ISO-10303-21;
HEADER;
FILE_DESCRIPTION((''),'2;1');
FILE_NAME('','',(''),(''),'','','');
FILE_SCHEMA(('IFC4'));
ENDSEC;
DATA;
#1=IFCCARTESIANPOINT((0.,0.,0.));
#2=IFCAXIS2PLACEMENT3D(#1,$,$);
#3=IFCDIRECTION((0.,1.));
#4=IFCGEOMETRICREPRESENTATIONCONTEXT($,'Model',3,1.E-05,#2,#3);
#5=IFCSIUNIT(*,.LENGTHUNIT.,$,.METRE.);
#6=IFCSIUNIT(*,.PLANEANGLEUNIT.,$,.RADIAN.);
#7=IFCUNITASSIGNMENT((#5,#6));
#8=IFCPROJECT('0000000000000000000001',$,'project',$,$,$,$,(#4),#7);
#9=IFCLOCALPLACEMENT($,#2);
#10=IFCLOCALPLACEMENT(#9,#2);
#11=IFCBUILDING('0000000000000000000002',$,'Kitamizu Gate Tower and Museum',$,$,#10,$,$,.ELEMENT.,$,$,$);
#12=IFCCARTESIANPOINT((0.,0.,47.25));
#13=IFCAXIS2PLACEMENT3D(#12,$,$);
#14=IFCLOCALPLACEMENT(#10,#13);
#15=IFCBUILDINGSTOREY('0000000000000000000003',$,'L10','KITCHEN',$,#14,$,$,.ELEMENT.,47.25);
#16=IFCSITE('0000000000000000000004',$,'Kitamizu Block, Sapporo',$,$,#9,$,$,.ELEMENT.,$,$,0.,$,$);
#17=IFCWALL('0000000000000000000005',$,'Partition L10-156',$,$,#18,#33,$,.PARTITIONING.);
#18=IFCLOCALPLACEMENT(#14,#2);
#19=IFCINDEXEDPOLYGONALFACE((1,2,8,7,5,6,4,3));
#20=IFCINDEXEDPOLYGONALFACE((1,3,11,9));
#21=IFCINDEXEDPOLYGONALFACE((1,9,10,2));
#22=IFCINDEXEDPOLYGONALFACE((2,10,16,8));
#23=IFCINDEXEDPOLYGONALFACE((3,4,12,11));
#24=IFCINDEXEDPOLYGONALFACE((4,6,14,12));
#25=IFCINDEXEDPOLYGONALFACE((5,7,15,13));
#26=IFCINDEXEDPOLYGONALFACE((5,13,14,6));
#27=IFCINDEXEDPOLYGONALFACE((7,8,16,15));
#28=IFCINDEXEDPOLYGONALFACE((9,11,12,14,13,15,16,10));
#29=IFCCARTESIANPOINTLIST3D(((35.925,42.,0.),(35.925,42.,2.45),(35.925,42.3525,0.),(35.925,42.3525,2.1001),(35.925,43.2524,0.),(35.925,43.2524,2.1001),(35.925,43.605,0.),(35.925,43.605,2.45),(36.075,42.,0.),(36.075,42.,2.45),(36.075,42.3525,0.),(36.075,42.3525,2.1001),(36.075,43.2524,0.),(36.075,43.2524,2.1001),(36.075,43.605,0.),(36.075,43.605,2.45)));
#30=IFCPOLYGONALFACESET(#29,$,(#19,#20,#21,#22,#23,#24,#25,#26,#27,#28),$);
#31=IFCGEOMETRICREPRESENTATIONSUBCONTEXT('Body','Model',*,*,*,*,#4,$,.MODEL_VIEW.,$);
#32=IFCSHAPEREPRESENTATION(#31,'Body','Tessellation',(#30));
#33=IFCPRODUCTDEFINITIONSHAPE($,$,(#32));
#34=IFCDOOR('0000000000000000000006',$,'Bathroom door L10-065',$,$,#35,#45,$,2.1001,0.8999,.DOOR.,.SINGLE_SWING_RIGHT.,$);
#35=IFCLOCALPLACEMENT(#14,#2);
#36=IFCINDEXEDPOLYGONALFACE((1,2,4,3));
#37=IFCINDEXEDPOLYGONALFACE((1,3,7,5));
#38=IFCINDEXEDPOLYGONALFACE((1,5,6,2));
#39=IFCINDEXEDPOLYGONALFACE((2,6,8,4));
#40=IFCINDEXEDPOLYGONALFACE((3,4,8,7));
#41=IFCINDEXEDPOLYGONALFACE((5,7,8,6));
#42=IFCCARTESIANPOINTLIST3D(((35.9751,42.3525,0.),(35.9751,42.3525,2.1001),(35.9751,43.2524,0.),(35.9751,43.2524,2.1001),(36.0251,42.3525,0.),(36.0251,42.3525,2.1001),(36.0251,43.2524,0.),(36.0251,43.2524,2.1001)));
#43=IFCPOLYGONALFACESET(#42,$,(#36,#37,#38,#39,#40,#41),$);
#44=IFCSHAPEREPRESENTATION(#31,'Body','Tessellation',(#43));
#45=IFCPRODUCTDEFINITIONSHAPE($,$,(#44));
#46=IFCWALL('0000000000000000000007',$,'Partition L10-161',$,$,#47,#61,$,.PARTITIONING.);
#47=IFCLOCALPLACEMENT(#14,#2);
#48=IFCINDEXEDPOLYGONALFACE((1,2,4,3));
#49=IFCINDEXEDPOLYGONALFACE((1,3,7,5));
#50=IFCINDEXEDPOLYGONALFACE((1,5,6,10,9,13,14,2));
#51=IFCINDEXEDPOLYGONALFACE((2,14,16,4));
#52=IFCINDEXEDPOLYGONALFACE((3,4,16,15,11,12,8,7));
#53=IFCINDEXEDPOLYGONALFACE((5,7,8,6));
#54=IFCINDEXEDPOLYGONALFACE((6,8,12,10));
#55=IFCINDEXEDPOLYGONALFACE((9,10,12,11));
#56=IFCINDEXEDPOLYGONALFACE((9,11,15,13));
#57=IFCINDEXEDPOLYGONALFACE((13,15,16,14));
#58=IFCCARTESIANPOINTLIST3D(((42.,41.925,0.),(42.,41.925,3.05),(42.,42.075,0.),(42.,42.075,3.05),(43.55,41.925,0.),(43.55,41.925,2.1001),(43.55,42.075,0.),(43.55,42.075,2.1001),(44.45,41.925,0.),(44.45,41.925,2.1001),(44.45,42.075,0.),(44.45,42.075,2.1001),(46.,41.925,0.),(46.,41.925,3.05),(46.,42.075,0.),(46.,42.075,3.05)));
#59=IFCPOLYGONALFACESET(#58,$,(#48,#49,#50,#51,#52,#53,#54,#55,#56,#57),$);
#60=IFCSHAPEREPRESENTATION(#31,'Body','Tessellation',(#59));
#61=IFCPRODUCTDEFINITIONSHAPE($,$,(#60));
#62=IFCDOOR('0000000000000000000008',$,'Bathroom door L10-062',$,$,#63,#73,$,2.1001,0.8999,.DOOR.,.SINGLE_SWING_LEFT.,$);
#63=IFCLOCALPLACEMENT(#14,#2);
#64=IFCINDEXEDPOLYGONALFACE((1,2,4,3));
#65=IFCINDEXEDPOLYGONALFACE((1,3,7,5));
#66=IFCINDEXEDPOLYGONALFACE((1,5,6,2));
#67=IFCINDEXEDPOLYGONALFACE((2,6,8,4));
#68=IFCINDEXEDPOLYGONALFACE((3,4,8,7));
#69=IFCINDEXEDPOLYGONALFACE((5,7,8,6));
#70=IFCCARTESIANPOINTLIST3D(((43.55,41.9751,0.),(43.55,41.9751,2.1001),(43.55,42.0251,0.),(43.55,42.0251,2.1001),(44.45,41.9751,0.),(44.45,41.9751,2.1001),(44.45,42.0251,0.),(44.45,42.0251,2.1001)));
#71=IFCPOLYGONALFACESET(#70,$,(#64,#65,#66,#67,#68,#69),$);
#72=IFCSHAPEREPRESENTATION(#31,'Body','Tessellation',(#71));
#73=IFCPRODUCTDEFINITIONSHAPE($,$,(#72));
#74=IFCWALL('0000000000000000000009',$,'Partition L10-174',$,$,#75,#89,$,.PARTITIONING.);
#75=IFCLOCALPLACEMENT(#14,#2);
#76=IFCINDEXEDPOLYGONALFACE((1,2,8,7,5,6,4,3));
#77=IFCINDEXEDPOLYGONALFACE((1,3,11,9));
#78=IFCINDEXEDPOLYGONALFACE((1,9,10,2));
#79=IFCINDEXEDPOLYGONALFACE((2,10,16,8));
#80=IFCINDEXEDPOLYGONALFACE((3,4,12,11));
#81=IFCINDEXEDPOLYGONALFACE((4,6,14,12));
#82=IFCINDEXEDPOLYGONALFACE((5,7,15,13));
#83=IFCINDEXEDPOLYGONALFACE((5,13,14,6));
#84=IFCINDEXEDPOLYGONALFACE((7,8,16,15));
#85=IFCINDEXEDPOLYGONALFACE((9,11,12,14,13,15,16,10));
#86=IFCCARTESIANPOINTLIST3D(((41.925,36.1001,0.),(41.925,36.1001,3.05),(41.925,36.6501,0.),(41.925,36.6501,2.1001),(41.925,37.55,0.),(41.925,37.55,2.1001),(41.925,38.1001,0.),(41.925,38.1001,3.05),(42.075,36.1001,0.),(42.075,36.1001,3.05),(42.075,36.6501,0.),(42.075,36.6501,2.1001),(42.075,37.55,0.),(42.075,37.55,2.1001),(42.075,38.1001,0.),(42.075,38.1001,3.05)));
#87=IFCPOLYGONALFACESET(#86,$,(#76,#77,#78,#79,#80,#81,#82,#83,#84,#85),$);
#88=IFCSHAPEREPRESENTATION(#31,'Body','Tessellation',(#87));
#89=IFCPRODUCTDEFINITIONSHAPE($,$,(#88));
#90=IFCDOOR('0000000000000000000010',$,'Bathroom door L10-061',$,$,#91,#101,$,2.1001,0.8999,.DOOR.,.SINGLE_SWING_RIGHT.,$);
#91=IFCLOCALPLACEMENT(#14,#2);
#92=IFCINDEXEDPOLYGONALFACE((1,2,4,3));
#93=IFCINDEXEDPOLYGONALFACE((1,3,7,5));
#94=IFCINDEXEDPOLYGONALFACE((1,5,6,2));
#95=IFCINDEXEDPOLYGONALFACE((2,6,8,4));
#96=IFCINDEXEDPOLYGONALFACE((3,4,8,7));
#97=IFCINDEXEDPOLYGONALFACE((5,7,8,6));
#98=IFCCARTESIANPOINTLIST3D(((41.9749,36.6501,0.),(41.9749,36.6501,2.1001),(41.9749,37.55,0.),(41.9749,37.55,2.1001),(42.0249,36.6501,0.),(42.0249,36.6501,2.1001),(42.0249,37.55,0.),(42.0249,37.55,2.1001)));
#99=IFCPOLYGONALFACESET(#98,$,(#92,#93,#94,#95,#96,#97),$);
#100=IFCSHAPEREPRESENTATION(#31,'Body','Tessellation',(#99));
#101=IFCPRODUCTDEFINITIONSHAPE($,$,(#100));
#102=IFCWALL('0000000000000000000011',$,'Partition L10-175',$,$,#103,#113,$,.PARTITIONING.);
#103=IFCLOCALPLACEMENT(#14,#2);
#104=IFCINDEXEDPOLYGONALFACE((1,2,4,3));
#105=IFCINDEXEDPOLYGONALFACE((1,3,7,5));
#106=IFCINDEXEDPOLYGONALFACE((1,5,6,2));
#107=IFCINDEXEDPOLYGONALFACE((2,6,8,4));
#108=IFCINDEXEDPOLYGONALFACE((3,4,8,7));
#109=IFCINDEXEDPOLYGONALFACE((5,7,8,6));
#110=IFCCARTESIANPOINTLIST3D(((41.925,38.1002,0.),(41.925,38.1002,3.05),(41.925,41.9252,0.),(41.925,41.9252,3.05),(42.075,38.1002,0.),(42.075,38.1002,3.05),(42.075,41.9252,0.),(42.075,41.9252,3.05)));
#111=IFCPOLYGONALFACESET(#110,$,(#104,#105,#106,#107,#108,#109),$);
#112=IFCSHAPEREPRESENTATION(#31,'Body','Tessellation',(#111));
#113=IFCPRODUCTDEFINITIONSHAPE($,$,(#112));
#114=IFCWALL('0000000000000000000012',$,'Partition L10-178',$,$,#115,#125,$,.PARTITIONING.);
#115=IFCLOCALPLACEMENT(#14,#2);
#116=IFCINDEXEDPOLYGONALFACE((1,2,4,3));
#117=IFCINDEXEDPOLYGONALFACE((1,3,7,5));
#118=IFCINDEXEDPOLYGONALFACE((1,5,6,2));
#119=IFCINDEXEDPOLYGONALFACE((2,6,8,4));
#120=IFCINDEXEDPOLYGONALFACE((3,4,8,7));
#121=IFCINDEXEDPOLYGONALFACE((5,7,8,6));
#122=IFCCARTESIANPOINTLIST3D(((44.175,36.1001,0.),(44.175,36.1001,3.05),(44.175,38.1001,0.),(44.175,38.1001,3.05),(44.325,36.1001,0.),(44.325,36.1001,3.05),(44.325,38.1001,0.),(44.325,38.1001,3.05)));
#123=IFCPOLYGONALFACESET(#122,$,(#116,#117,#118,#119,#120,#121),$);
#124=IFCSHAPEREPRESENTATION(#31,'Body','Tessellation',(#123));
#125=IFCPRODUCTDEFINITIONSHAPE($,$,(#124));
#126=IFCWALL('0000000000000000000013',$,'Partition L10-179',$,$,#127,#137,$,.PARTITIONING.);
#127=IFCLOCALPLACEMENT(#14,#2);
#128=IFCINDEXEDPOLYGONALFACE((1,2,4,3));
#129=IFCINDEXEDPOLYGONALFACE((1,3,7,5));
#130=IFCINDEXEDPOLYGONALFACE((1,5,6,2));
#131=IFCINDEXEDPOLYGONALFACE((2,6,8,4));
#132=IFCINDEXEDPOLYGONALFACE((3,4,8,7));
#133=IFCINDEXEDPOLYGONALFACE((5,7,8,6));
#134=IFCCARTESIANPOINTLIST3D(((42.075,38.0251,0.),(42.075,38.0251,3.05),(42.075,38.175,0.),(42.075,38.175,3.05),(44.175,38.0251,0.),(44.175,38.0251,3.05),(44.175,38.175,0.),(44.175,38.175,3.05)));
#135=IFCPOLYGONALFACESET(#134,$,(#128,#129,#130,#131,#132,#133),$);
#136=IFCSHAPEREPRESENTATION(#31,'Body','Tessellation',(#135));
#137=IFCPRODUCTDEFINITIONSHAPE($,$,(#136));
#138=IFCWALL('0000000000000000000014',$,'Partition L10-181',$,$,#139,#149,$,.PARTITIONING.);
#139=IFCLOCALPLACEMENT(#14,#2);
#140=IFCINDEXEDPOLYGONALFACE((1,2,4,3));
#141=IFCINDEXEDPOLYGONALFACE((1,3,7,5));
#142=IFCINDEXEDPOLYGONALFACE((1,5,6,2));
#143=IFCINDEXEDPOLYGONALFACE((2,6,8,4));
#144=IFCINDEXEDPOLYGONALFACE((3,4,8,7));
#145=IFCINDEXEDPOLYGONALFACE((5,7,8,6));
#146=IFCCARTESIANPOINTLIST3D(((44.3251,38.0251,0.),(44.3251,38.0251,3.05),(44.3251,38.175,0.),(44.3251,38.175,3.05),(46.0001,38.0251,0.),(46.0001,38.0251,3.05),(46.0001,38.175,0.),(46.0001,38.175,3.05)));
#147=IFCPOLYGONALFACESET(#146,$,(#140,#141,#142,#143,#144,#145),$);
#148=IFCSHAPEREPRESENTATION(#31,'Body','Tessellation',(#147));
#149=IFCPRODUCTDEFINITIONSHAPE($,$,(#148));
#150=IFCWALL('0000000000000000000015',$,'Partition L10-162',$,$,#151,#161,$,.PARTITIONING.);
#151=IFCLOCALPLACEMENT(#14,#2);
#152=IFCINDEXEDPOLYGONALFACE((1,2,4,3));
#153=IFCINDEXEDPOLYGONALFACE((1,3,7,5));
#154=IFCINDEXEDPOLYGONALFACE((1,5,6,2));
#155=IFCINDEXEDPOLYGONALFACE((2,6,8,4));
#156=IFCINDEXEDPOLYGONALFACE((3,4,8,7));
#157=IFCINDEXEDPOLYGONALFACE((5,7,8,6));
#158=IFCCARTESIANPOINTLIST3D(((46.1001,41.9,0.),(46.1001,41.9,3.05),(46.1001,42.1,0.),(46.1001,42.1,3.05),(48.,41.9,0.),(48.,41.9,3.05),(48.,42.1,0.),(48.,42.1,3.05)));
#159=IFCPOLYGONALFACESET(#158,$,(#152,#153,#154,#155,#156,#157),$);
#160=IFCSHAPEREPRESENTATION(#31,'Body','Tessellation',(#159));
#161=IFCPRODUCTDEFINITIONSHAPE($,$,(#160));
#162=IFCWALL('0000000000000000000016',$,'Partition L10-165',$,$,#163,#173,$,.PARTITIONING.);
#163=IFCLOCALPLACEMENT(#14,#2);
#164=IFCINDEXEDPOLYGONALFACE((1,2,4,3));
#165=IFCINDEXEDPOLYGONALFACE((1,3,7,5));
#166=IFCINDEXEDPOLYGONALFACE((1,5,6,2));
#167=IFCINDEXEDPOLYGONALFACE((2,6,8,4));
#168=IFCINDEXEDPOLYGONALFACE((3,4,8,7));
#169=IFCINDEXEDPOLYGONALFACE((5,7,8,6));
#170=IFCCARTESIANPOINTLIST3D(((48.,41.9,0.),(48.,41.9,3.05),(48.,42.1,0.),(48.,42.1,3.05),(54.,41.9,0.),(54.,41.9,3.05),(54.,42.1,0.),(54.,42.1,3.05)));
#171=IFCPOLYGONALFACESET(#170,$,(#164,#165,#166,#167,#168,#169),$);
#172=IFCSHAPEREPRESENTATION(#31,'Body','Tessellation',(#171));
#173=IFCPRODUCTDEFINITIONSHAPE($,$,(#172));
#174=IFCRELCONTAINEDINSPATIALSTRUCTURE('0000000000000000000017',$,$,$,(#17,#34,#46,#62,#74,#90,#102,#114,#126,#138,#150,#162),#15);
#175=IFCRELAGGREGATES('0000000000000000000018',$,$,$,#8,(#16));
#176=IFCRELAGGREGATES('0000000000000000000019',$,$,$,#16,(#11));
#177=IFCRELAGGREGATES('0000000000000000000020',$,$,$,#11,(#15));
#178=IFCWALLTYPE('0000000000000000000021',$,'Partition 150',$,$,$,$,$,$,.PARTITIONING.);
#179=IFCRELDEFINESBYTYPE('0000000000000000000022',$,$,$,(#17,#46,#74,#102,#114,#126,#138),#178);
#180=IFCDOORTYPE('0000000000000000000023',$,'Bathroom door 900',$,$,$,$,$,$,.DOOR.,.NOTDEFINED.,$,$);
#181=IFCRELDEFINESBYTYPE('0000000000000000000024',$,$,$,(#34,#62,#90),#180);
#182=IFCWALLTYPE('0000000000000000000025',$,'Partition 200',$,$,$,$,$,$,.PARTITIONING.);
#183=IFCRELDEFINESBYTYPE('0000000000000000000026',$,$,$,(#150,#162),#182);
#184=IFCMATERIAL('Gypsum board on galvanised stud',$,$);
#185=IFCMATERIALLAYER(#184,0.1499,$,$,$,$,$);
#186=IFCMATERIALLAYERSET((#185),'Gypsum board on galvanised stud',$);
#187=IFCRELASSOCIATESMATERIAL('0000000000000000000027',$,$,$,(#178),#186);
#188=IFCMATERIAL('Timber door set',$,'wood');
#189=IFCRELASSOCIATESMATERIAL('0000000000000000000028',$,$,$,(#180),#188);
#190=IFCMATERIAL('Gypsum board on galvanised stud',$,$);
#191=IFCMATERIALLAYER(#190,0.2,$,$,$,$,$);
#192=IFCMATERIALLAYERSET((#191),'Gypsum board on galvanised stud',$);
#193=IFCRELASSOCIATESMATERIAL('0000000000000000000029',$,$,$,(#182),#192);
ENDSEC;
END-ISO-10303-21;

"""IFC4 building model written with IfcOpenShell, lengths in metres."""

from ifc_helpers import new_model, si_unit, direction, frame, frame_2d, origin, place, context, subcontext, project, spatial, rectangle, extrude, material, layer, layer_set, type_object, element, fill, save


model = new_model("IFC4")

# Units and contexts
model_context = context("Model", 3, precision=1e-05, world=origin(), true_north=direction((0.0, 1.0)))
body_context = subcontext(model_context, "Body", "Model", "MODEL_VIEW")
ifc_project = project(units=[si_unit("LENGTHUNIT", "METRE"), si_unit("PLANEANGLEUNIT", "RADIAN")], contexts=[model_context])

# Site, building, storey
site_placement = place(None, origin())
site = spatial("IfcSite", under=ifc_project, at=site_placement, Name="Kitamizu Block, Sapporo", CompositionType="ELEMENT", RefElevation=0.0)
building_placement = place(site_placement, origin())
building = spatial("IfcBuilding", under=site, at=building_placement, Name="Kitamizu Gate Tower and Museum", CompositionType="ELEMENT")
storey_placement = place(building_placement, frame((0.0, 0.0, 47.25)))
storey = spatial("IfcBuildingStorey", under=building, at=storey_placement, Name="L10", Description="KITCHEN", CompositionType="ELEMENT", Elevation=47.25)

# Shared definitions
ifc_material_1 = material(Name="Gypsum board on galvanised stud")
ifc_layer_1 = layer(ifc_material_1, 0.1499)
ifc_layer_set_1 = layer_set([ifc_layer_1], Name="Gypsum board on galvanised stud")
wall_type_1 = type_object("IfcWallType", Name="Partition 150", PredefinedType="PARTITIONING", material=ifc_layer_set_1)

# Walls, openings, doors
ifc_material_2 = material(Name="Timber door set", Category="wood")
door_type_1 = type_object("IfcDoorType", Name="Bathroom door 900", OperationType="NOTDEFINED", PredefinedType="DOOR", material=ifc_material_2)
wall_1_placement = place(storey_placement, frame((36.0, 42.0, 0.0), z_axis=(0.0, 0.0, 1.0), x_axis=(0.0, 1.0, 0.0)))
wall_1 = element("IfcWall", 1, at=wall_1_placement, inside=storey, type_object=wall_type_1, Name="Partition L10-156", PredefinedType="PARTITIONING", context=body_context, shape_type="SweptSolid", body=[
    extrude(rectangle(XDim=1.605, YDim=0.1499, at=frame_2d((0.8025, 0.0))), origin(), (0.0, 0.0, 1.0), 2.45),
])
opening_1_placement = place(wall_1_placement, frame((0.3525, 0.0, 0.0)))
opening_1 = element("IfcOpeningElement", 2, at=opening_1_placement, cuts=wall_1, PredefinedType="OPENING", context=body_context, shape_type="SweptSolid", body=[
    extrude(rectangle(XDim=0.8999, YDim=2.1001, at=frame_2d((0.45, 1.05))), frame((0.0, 0.085, 0.0), z_axis=(0.0, -1.0, 0.0), x_axis=(1.0, 0.0, 0.0)), (0.0, 0.0, 1.0), 0.1699),
])
door_1_placement = place(opening_1_placement, origin())
door_1 = element("IfcDoor", 3, at=door_1_placement, inside=storey, type_object=door_type_1, Name="Bathroom door L10-065", OperationType="SINGLE_SWING_RIGHT", OverallHeight=2.1001, OverallWidth=0.8999, PredefinedType="DOOR", context=body_context, shape_type="SweptSolid", body=[
    extrude(rectangle(XDim=0.8999, YDim=2.1001, at=frame_2d((0.45, 1.05))), frame((0.0, 0.0249, 0.0), z_axis=(0.0, -1.0, 0.0), x_axis=(1.0, 0.0, 0.0)), (0.0, 0.0, 1.0), 0.05),
])
fill(opening_1, door_1)
wall_2_placement = place(storey_placement, frame((42.0, 42.0, 0.0), z_axis=(0.0, 0.0, 1.0), x_axis=(1.0, 0.0, 0.0)))
wall_2 = element("IfcWall", 4, at=wall_2_placement, inside=storey, type_object=wall_type_1, Name="Partition L10-161", PredefinedType="PARTITIONING", context=body_context, shape_type="SweptSolid", body=[
    extrude(rectangle(XDim=4.0, YDim=0.1499, at=frame_2d((2.0, 0.0))), origin(), (0.0, 0.0, 1.0), 3.05),
])
opening_2_placement = place(wall_2_placement, frame((1.55, 0.0, 0.0)))
opening_2 = element("IfcOpeningElement", 5, at=opening_2_placement, cuts=wall_2, PredefinedType="OPENING", context=body_context, shape_type="SweptSolid", body=[
    extrude(rectangle(XDim=0.8999, YDim=2.1001, at=frame_2d((0.45, 1.05))), frame((0.0, 0.085, 0.0), z_axis=(0.0, -1.0, 0.0), x_axis=(1.0, 0.0, 0.0)), (0.0, 0.0, 1.0), 0.1699),
])
door_2_placement = place(opening_2_placement, frame((0.8999, 0.0, 0.0), x_axis=(-1.0, 0.0, 0.0)))
door_2 = element("IfcDoor", 6, at=door_2_placement, inside=storey, type_object=door_type_1, Name="Bathroom door L10-062", OperationType="SINGLE_SWING_LEFT", OverallHeight=2.1001, OverallWidth=0.8999, PredefinedType="DOOR", context=body_context, shape_type="SweptSolid", body=[
    extrude(rectangle(XDim=0.8999, YDim=2.1001, at=frame_2d((0.45, 1.05))), frame((0.0, 0.0249, 0.0), z_axis=(0.0, -1.0, 0.0), x_axis=(1.0, 0.0, 0.0)), (0.0, 0.0, 1.0), 0.05),
])
fill(opening_2, door_2)
wall_3_placement = place(storey_placement, frame((42.0, 36.1001, 0.0), z_axis=(0.0, 0.0, 1.0), x_axis=(0.0, 1.0, 0.0)))
wall_3 = element("IfcWall", 7, at=wall_3_placement, inside=storey, type_object=wall_type_1, Name="Partition L10-174", PredefinedType="PARTITIONING", context=body_context, shape_type="SweptSolid", body=[
    extrude(rectangle(XDim=2.0, YDim=0.1499, at=frame_2d((1.0, 0.0))), origin(), (0.0, 0.0, 1.0), 3.05),
])
opening_3_placement = place(wall_3_placement, frame((0.55, 0.0, 0.0)))
opening_3 = element("IfcOpeningElement", 8, at=opening_3_placement, cuts=wall_3, PredefinedType="OPENING", context=body_context, shape_type="SweptSolid", body=[
    extrude(rectangle(XDim=0.8999, YDim=2.1001, at=frame_2d((0.45, 1.05))), frame((0.0, 0.085, 0.0), z_axis=(0.0, -1.0, 0.0), x_axis=(1.0, 0.0, 0.0)), (0.0, 0.0, 1.0), 0.1699),
])
door_3_placement = place(opening_3_placement, frame((0.8999, 0.0, 0.0), x_axis=(-1.0, 0.0, 0.0)))
door_3 = element("IfcDoor", 9, at=door_3_placement, inside=storey, type_object=door_type_1, Name="Bathroom door L10-061", OperationType="SINGLE_SWING_RIGHT", OverallHeight=2.1001, OverallWidth=0.8999, PredefinedType="DOOR", context=body_context, shape_type="SweptSolid", body=[
    extrude(rectangle(XDim=0.8999, YDim=2.1001, at=frame_2d((0.45, 1.05))), frame((0.0, 0.0249, 0.0), z_axis=(0.0, -1.0, 0.0), x_axis=(1.0, 0.0, 0.0)), (0.0, 0.0, 1.0), 0.05),
])
fill(opening_3, door_3)

# Walls
wall_4_placement = place(storey_placement, frame((42.0, 38.1001, 0.0), z_axis=(0.0, 0.0, 1.0), x_axis=(0.0, 1.0, 0.0)))
element("IfcWall", 10, at=wall_4_placement, inside=storey, type_object=wall_type_1, Name="Partition L10-175", PredefinedType="PARTITIONING", context=body_context, shape_type="SweptSolid", body=[
    extrude(rectangle(XDim=3.825, YDim=0.1499, at=frame_2d((1.9126, 0.0))), origin(), (0.0, 0.0, 1.0), 3.05),
])
wall_5_placement = place(storey_placement, frame((44.25, 36.1001, 0.0), z_axis=(0.0, 0.0, 1.0), x_axis=(0.0, 1.0, 0.0)))
element("IfcWall", 11, at=wall_5_placement, inside=storey, type_object=wall_type_1, Name="Partition L10-178", PredefinedType="PARTITIONING", context=body_context, shape_type="SweptSolid", body=[
    extrude(rectangle(XDim=2.0, YDim=0.1499, at=frame_2d((1.0, 0.0))), origin(), (0.0, 0.0, 1.0), 3.05),
])
wall_6_placement = place(storey_placement, frame((44.175, 38.1001, 0.0), z_axis=(0.0, 0.0, 1.0), x_axis=(-1.0, 0.0, 0.0)))
element("IfcWall", 12, at=wall_6_placement, inside=storey, type_object=wall_type_1, Name="Partition L10-179", PredefinedType="PARTITIONING", context=body_context, shape_type="SweptSolid", body=[
    extrude(rectangle(XDim=2.1001, YDim=0.1499, at=frame_2d((1.05, 0.0))), origin(), (0.0, 0.0, 1.0), 3.05),
])
wall_7_placement = place(storey_placement, frame((46.0, 38.1001, 0.0), z_axis=(0.0, 0.0, 1.0), x_axis=(-1.0, 0.0, 0.0)))
element("IfcWall", 13, at=wall_7_placement, inside=storey, type_object=wall_type_1, Name="Partition L10-181", PredefinedType="PARTITIONING", context=body_context, shape_type="SweptSolid", body=[
    extrude(rectangle(XDim=1.675, YDim=0.1499, at=frame_2d((0.8374, 0.0))), origin(), (0.0, 0.0, 1.0), 3.05),
])
ifc_material_3 = material(Name="Gypsum board on galvanised stud")
ifc_layer_2 = layer(ifc_material_3, 0.2)
ifc_layer_set_2 = layer_set([ifc_layer_2], Name="Gypsum board on galvanised stud")
wall_type_2 = type_object("IfcWallType", Name="Partition 200", PredefinedType="PARTITIONING", material=ifc_layer_set_2)
wall_8_placement = place(storey_placement, frame((46.1001, 42.0, 0.0), z_axis=(0.0, 0.0, 1.0), x_axis=(1.0, 0.0, 0.0)))
element("IfcWall", 14, at=wall_8_placement, inside=storey, type_object=wall_type_2, Name="Partition L10-162", PredefinedType="PARTITIONING", context=body_context, shape_type="SweptSolid", body=[
    extrude(rectangle(XDim=1.8999, YDim=0.2, at=frame_2d((0.95, 0.0))), origin(), (0.0, 0.0, 1.0), 3.05),
])
wall_9_placement = place(storey_placement, frame((48.0, 42.0, 0.0), z_axis=(0.0, 0.0, 1.0), x_axis=(1.0, 0.0, 0.0)))
element("IfcWall", 15, at=wall_9_placement, inside=storey, type_object=wall_type_2, Name="Partition L10-165", PredefinedType="PARTITIONING", context=body_context, shape_type="SweptSolid", body=[
    extrude(rectangle(XDim=6.0, YDim=0.2, at=frame_2d((3.0, 0.0))), origin(), (0.0, 0.0, 1.0), 3.05),
])

save(model, "model.ifc")
